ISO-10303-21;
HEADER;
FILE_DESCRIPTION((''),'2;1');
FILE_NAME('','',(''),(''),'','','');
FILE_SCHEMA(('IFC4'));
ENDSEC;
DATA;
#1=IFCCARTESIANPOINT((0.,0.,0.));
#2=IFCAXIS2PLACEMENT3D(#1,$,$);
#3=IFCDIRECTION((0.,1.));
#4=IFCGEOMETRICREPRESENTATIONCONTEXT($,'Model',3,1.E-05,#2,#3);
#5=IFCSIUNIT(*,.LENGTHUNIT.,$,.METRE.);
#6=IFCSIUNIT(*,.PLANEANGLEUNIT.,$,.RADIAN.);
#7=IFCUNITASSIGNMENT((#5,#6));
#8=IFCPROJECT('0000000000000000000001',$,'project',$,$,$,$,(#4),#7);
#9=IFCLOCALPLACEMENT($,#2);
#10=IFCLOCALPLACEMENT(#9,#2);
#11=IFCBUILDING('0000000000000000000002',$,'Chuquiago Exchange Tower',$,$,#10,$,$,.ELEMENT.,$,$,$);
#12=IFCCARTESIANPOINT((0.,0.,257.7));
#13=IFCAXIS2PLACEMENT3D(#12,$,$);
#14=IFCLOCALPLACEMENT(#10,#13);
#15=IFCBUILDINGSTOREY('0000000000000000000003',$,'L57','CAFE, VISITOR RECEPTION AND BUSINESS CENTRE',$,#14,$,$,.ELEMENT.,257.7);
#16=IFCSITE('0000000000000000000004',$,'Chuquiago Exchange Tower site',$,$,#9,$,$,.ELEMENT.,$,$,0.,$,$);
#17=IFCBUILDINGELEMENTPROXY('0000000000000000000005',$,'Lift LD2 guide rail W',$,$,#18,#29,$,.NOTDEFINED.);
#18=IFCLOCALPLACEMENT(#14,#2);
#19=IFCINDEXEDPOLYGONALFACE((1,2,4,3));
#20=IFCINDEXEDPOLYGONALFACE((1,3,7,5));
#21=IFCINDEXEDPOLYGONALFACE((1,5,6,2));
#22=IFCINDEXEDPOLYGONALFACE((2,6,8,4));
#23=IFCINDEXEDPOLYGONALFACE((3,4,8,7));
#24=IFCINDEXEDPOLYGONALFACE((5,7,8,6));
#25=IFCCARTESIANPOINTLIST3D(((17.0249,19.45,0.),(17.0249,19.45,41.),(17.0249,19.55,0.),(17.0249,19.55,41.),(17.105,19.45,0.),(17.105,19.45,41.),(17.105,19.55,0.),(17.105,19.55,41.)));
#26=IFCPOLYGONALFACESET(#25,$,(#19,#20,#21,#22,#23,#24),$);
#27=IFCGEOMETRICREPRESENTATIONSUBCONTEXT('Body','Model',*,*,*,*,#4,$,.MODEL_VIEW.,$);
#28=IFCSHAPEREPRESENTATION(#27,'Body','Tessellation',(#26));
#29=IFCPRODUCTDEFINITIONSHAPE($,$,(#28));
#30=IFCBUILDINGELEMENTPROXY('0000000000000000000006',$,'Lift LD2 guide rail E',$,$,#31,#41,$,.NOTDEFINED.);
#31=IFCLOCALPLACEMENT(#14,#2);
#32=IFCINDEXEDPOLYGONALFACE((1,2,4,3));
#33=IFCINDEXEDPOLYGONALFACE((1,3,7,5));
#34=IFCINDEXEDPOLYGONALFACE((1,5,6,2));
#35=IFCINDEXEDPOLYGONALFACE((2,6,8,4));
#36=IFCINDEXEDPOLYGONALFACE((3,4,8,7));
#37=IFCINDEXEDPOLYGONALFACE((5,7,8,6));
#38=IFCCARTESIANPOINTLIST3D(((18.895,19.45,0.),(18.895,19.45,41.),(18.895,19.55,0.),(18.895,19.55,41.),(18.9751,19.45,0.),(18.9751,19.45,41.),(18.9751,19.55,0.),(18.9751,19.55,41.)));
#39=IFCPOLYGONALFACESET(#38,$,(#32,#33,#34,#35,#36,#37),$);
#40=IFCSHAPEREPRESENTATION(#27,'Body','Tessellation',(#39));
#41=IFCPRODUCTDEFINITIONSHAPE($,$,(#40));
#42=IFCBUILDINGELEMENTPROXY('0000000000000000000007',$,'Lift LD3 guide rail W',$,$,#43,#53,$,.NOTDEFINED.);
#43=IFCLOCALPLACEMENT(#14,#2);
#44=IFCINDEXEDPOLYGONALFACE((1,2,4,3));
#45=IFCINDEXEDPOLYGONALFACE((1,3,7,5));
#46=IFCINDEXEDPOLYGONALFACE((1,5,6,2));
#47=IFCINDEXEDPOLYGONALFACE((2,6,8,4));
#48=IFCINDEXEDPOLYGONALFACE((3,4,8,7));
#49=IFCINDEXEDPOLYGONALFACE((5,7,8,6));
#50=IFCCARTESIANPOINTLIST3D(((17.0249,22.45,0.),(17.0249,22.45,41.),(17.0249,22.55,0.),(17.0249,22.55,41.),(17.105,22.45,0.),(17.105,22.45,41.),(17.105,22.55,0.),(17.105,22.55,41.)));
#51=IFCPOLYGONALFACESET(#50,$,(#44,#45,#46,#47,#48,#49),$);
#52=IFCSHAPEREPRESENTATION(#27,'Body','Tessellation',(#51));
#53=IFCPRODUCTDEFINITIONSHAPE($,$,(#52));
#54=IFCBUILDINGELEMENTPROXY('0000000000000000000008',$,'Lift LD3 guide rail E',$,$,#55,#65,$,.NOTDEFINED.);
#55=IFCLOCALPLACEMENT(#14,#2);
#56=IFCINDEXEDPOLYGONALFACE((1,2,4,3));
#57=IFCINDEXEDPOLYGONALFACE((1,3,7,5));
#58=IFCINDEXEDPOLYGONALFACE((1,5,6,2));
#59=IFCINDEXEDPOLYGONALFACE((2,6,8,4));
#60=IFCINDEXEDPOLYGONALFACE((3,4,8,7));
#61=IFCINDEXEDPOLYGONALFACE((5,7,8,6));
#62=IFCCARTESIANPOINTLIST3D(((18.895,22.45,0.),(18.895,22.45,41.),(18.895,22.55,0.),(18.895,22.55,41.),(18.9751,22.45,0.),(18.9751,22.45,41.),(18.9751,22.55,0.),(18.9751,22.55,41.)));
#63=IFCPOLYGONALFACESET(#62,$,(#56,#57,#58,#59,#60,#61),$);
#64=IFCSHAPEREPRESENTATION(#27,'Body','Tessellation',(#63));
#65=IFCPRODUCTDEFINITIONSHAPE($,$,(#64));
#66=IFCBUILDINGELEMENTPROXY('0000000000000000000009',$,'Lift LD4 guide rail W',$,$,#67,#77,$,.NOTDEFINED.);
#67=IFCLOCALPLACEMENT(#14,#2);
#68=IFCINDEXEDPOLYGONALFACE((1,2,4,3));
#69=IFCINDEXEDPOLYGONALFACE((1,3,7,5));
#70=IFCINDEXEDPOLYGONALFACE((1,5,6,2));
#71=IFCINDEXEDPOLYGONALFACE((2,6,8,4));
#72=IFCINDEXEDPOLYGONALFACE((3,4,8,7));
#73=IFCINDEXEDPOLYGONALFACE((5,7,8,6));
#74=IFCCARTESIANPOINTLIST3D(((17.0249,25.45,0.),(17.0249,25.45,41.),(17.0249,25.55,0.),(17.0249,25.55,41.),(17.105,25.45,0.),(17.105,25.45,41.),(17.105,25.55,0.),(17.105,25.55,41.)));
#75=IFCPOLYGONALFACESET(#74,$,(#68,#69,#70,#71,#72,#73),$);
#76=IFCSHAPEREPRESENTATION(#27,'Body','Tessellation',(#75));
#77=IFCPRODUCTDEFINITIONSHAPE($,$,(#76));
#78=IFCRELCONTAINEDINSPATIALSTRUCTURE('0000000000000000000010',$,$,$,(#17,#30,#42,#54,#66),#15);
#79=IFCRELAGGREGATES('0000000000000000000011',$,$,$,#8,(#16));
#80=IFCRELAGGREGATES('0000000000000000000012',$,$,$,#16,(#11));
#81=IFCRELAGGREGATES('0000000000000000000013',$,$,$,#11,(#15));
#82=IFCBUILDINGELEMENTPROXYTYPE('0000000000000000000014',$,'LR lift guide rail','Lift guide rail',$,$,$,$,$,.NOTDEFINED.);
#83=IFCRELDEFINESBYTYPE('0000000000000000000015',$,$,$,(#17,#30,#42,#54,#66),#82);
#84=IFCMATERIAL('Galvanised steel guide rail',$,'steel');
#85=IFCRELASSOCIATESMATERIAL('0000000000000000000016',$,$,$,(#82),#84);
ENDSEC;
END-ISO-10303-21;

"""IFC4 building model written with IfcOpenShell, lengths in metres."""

from ifc_helpers import new_model, si_unit, direction, frame, origin, origin_2d, place, context, subcontext, project, spatial, rectangle, extrude, material, type_object, element, save


model = new_model("IFC4")

# Units and contexts
model_context = context("Model", 3, precision=1e-05, world=origin(), true_north=direction((0.0, 1.0)))
body_context = subcontext(model_context, "Body", "Model", "MODEL_VIEW")
ifc_project = project(units=[si_unit("LENGTHUNIT", "METRE"), si_unit("PLANEANGLEUNIT", "RADIAN")], contexts=[model_context])

# Site, building, storey
site_placement = place(None, origin())
site = spatial("IfcSite", under=ifc_project, at=site_placement, Name="Chuquiago Exchange Tower site", CompositionType="ELEMENT", RefElevation=0.0)
building_placement = place(site_placement, origin())
building = spatial("IfcBuilding", under=site, at=building_placement, Name="Chuquiago Exchange Tower", CompositionType="ELEMENT")
storey_placement = place(building_placement, frame((0.0, 0.0, 257.7)))
storey = spatial("IfcBuildingStorey", under=building, at=storey_placement, Name="L57", Description="CAFE, VISITOR RECEPTION AND BUSINESS CENTRE", CompositionType="ELEMENT", Elevation=257.7)

# Building element proxies
ifc_material_1 = material(Name="Galvanised steel guide rail", Category="steel")
building_element_proxy_type = type_object("IfcBuildingElementProxyType", Name="LR lift guide rail", Description="Lift guide rail", PredefinedType="NOTDEFINED", material=ifc_material_1)
for number, where, z_axis, x_axis, name in (
    (1, (17.0649, 19.5, 0.0), (0.0, 0.0, 1.0), (1.0, 0.0, 0.0), "Lift LD2 guide rail W"),
    (2, (18.9351, 19.5, 0.0), (0.0, 0.0, 1.0), (1.0, 0.0, 0.0), "Lift LD2 guide rail E"),
    (3, (17.0649, 22.5, 0.0), (0.0, 0.0, 1.0), (1.0, 0.0, 0.0), "Lift LD3 guide rail W"),
    (4, (18.9351, 22.5, 0.0), (0.0, 0.0, 1.0), (1.0, 0.0, 0.0), "Lift LD3 guide rail E"),
    (5, (17.0649, 25.5, 0.0), (0.0, 0.0, 1.0), (1.0, 0.0, 0.0), "Lift LD4 guide rail W"),
):
    element("IfcBuildingElementProxy", number, at=place(storey_placement, frame(where, z_axis=z_axis, x_axis=x_axis)), inside=storey, type_object=building_element_proxy_type, Name=name, PredefinedType="NOTDEFINED", context=body_context, shape_type="SweptSolid", body=[
        extrude(rectangle(XDim=0.0801, YDim=0.1001, at=origin_2d()), origin(), (0.0, 0.0, 1.0), 41.0),
    ])

save(model, "model.ifc")
